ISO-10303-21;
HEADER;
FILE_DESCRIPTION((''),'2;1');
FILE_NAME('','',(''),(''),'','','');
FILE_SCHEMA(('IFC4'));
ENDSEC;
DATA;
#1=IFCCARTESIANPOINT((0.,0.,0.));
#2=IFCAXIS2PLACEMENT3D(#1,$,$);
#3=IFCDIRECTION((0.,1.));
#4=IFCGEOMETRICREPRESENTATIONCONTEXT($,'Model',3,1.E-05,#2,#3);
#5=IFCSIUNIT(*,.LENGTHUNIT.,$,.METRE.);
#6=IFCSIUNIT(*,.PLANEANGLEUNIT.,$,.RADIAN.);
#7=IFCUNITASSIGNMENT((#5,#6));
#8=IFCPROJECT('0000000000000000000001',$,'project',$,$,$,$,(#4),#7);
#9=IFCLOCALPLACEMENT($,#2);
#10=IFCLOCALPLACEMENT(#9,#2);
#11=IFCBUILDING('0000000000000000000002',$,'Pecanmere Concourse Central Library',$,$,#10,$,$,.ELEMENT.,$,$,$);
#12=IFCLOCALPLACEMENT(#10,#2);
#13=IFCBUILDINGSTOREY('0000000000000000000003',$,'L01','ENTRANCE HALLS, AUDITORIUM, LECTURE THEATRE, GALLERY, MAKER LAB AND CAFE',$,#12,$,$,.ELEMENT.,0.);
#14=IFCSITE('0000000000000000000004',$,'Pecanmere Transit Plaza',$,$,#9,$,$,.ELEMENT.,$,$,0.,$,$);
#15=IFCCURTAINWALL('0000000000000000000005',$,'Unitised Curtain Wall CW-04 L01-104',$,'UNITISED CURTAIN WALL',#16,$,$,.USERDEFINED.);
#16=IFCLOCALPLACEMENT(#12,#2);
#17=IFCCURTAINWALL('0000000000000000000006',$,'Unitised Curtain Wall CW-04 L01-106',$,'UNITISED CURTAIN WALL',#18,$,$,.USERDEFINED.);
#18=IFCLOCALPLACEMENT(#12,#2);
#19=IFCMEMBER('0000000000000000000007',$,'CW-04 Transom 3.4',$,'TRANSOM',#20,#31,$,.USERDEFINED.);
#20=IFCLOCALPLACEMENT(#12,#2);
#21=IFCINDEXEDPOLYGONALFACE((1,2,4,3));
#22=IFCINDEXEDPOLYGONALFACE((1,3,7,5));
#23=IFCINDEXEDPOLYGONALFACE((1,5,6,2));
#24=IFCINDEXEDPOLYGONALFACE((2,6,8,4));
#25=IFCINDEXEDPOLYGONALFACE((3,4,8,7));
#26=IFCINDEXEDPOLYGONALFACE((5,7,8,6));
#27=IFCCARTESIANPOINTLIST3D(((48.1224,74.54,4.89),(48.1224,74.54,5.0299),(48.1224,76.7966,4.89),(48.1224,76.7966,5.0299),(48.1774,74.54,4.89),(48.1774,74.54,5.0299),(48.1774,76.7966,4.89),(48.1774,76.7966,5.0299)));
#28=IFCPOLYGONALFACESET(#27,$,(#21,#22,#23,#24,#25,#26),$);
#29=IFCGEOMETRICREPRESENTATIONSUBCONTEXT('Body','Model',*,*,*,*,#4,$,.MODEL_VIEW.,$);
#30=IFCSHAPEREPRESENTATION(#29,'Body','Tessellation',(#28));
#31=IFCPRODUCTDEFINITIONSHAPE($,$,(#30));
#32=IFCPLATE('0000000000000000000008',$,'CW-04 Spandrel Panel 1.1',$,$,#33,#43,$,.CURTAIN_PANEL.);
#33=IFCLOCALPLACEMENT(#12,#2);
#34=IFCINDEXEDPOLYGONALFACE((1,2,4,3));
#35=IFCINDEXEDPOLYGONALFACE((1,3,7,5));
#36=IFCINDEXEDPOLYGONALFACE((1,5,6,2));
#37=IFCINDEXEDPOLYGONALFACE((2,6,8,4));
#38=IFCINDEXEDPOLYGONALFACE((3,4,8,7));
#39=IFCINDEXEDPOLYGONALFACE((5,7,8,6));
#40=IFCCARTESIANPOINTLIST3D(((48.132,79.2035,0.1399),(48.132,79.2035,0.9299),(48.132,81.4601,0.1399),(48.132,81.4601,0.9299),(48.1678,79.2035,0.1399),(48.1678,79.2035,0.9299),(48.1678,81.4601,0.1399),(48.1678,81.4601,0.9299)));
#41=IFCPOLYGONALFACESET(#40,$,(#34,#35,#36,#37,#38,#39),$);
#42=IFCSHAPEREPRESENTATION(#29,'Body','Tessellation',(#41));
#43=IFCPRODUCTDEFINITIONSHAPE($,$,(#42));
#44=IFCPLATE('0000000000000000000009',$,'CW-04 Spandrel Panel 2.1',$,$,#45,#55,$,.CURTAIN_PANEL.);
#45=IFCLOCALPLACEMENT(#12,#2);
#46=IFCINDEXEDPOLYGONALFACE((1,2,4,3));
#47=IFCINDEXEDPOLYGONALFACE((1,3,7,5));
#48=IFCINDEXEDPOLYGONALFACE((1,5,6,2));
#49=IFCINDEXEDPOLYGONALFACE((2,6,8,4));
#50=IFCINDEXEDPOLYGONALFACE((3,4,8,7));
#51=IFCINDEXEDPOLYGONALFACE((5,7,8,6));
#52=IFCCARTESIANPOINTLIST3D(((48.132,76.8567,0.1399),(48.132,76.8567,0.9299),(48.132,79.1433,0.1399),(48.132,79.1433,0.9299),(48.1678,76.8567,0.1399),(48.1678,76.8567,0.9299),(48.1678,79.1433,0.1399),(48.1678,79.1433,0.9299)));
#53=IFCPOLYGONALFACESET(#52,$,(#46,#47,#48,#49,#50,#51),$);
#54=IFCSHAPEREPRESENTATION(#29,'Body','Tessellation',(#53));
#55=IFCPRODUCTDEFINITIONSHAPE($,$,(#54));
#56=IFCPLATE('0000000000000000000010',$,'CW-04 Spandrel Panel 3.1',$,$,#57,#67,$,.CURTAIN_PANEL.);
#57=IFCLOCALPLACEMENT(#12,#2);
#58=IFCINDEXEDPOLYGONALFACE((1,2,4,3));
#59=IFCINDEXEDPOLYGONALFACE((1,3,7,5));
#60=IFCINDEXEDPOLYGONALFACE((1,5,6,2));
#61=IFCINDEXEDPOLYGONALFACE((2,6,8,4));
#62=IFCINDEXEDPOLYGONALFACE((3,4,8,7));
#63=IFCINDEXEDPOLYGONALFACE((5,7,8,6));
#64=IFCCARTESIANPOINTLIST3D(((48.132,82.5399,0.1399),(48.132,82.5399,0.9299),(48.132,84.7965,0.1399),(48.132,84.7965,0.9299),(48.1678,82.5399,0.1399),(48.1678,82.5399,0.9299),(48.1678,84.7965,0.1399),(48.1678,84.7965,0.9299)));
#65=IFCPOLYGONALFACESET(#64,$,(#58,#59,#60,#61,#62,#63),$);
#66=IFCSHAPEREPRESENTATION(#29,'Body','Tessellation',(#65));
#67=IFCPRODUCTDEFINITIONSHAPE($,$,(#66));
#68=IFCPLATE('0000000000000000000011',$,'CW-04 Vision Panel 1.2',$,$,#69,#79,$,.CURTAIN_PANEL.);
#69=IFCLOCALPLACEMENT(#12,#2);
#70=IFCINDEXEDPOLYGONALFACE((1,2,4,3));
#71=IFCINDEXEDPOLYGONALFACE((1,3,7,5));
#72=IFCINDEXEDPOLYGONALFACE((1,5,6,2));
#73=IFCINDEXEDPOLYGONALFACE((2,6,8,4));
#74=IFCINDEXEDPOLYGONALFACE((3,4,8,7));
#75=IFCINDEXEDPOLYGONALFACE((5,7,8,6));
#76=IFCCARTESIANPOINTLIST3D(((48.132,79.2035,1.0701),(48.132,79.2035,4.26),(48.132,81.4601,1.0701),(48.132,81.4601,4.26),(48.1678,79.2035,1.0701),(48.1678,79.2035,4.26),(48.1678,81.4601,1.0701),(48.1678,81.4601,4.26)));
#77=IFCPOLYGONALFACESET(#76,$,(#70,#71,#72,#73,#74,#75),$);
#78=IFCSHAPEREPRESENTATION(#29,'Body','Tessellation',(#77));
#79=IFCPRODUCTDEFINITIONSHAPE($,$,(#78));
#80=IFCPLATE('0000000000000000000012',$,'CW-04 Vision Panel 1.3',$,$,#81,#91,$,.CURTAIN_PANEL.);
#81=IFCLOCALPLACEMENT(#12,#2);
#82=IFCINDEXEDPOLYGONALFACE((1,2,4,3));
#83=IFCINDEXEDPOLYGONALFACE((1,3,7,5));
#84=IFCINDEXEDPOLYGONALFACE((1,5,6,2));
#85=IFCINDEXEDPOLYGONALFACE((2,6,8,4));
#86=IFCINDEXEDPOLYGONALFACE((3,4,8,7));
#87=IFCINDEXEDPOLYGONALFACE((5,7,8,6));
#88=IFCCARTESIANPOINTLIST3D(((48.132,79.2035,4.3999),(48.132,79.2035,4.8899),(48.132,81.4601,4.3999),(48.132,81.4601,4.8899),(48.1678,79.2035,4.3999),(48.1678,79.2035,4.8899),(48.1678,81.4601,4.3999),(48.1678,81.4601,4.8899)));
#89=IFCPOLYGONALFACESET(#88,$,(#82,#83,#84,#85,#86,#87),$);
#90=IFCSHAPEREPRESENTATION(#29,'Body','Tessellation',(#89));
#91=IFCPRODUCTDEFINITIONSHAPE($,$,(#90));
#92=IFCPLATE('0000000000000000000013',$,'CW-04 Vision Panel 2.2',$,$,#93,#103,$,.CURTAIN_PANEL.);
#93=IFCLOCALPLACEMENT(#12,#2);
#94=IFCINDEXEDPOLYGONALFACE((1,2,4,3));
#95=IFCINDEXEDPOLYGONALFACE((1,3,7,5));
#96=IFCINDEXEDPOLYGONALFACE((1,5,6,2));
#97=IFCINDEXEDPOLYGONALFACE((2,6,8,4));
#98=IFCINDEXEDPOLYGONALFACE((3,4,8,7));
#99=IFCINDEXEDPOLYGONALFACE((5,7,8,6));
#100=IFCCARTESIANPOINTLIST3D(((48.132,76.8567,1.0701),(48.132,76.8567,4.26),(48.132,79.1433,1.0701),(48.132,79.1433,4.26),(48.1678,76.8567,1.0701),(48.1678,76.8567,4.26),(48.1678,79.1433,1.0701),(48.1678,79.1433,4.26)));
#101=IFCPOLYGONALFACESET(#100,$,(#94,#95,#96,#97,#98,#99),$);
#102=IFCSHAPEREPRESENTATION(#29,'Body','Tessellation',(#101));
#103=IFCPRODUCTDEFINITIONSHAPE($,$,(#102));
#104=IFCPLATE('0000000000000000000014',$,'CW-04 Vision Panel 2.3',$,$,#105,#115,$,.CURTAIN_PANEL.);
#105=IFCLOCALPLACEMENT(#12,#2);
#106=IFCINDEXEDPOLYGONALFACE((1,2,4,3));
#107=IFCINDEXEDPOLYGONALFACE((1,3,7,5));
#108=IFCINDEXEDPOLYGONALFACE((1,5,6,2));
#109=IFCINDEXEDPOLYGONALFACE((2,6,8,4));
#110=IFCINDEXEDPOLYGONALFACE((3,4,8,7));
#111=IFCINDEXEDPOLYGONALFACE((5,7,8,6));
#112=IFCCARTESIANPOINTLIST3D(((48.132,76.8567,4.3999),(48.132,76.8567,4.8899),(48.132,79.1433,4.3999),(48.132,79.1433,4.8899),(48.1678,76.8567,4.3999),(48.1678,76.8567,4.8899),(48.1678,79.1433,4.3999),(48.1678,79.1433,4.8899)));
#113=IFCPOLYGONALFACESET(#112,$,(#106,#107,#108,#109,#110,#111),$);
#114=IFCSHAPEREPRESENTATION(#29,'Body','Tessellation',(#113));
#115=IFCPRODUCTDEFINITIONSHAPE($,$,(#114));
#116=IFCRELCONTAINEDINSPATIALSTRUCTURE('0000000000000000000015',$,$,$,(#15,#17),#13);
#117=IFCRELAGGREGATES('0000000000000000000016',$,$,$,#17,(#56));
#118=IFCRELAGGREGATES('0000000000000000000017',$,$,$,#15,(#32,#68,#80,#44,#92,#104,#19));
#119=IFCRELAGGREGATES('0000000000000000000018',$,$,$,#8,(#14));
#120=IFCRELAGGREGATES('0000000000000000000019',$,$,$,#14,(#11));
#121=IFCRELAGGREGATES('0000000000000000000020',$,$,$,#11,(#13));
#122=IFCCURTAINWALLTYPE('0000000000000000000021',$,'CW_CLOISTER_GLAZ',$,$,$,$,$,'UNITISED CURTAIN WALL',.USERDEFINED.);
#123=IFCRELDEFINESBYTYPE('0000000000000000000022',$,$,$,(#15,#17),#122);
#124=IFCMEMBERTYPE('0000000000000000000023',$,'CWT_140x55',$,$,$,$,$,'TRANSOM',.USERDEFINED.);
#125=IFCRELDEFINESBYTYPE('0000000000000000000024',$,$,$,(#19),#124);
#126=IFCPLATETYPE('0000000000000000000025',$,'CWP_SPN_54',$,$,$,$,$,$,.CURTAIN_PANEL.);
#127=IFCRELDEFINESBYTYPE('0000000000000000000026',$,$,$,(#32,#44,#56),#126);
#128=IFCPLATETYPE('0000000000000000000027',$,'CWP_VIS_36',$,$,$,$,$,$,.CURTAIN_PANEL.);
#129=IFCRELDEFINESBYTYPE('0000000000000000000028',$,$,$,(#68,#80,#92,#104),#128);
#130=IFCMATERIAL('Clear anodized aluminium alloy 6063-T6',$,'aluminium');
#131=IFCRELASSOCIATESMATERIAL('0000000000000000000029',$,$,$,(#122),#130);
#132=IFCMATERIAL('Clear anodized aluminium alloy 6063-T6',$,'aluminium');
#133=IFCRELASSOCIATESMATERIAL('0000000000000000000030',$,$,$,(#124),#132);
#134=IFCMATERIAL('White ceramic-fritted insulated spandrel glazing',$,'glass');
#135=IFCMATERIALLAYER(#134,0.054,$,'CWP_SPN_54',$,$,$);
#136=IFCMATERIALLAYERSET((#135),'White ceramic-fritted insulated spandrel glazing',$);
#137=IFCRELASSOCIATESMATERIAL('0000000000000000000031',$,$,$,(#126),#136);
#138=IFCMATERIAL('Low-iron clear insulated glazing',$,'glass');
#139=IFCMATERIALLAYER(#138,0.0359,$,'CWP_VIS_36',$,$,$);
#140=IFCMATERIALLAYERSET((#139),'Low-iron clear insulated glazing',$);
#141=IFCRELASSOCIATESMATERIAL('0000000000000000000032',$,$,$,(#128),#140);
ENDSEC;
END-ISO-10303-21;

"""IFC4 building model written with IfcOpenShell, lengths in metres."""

from ifc_helpers import new_model, si_unit, direction, frame, origin, origin_2d, place, context, subcontext, project, spatial, rectangle, extrude, material, layer, layer_set, material_profile, profile_set, type_object, element, aggregate, save


model = new_model("IFC4")

# Units and contexts
model_context = context("Model", 3, precision=1e-05, world=origin(), true_north=direction((0.0, 1.0)))
body_context = subcontext(model_context, "Body", "Model", "MODEL_VIEW")
ifc_project = project(units=[si_unit("LENGTHUNIT", "METRE"), si_unit("PLANEANGLEUNIT", "RADIAN")], contexts=[model_context])

# Site, building, storey
site_placement = place(None, origin())
site = spatial("IfcSite", under=ifc_project, at=site_placement, Name="Pecanmere Transit Plaza", CompositionType="ELEMENT", RefElevation=0.0)
building_placement = place(site_placement, origin())
building = spatial("IfcBuilding", under=site, at=building_placement, Name="Pecanmere Concourse Central Library", CompositionType="ELEMENT")
storey_placement = place(building_placement, origin())
storey = spatial("IfcBuildingStorey", under=building, at=storey_placement, Name="L01", Description="ENTRANCE HALLS, AUDITORIUM, LECTURE THEATRE, GALLERY, MAKER LAB AND CAFE", CompositionType="ELEMENT", Elevation=0.0)

# Curtain wall
ifc_material_1 = material(Name="Clear anodized aluminium alloy 6063-T6", Category="aluminium")
curtain_wall_type = type_object("IfcCurtainWallType", Name="CW_CLOISTER_GLAZ", ElementType="UNITISED CURTAIN WALL", PredefinedType="USERDEFINED", material=ifc_material_1)
curtain_wall_1_placement = place(storey_placement, origin())
curtain_wall_1 = element("IfcCurtainWall", 1, at=curtain_wall_1_placement, inside=storey, type_object=curtain_wall_type, Name="Unitised Curtain Wall CW-04 L01-104", ObjectType="UNITISED CURTAIN WALL", PredefinedType="USERDEFINED")

# Curtain wall
curtain_wall_2_placement = place(storey_placement, origin())
curtain_wall_2 = element("IfcCurtainWall", 2, at=curtain_wall_2_placement, inside=storey, type_object=curtain_wall_type, Name="Unitised Curtain Wall CW-04 L01-106", ObjectType="UNITISED CURTAIN WALL", PredefinedType="USERDEFINED")

# Member
ifc_material_2 = material(Name="Clear anodized aluminium alloy 6063-T6", Category="aluminium")
ifc_material_profile_1 = material_profile(ifc_material_2, rectangle(XDim=0.0549, YDim=0.1399, at=origin_2d()), Name="AL 55x140")
ifc_profile_set_1 = profile_set([ifc_material_profile_1], Name="Clear anodized aluminium alloy 6063-T6")
member_type_1 = type_object("IfcMemberType", Name="CWT_140x55", ElementType="TRANSOM", PredefinedType="USERDEFINED", material=ifc_profile_set_1)
member_1_placement = place(storey_placement, frame((48.1499, 76.7966, 4.96), z_axis=(0.0, -1.0, 0.0), x_axis=(1.0, 0.0, 0.0)))
member_1 = element("IfcMember", 3, at=member_1_placement, type_object=member_type_1, Name="CW-04 Transom 3.4", ObjectType="TRANSOM", PredefinedType="USERDEFINED", context=body_context, shape_type="SweptSolid", body=[
    extrude(rectangle(XDim=0.0549, YDim=0.1399, at=origin_2d()), origin(), (0.0, 0.0, 1.0), 2.2566),
])

# Plates
ifc_material_3 = material(Name="White ceramic-fritted insulated spandrel glazing", Category="glass")
ifc_layer_1 = layer(ifc_material_3, 0.054, Name="CWP_SPN_54")
ifc_layer_set_1 = layer_set([ifc_layer_1], Name="White ceramic-fritted insulated spandrel glazing")
plate_type_1 = type_object("IfcPlateType", Name="CWP_SPN_54", PredefinedType="CURTAIN_PANEL", material=ifc_layer_set_1)
plate_1_placement = place(storey_placement, frame((48.1499, 80.3318, 0.1399), z_axis=(0.0, 0.0, 1.0), x_axis=(0.0, -1.0, 0.0)))
plate_1 = element("IfcPlate", 4, at=plate_1_placement, type_object=plate_type_1, Name="CW-04 Spandrel Panel 1.1", PredefinedType="CURTAIN_PANEL", context=body_context, shape_type="SweptSolid", body=[
    extrude(rectangle(XDim=2.2566, YDim=0.0359, at=origin_2d()), origin(), (0.0, 0.0, 1.0), 0.79),
])
plate_2_placement = place(storey_placement, frame((48.1499, 78.0, 0.1399), z_axis=(0.0, 0.0, 1.0), x_axis=(0.0, -1.0, 0.0)))
plate_2 = element("IfcPlate", 5, at=plate_2_placement, type_object=plate_type_1, Name="CW-04 Spandrel Panel 2.1", PredefinedType="CURTAIN_PANEL", context=body_context, shape_type="SweptSolid", body=[
    extrude(rectangle(XDim=2.2866, YDim=0.0359, at=origin_2d()), origin(), (0.0, 0.0, 1.0), 0.79),
])
plate_3_placement = place(storey_placement, frame((48.1499, 83.6682, 0.1399), z_axis=(0.0, 0.0, 1.0), x_axis=(0.0, -1.0, 0.0)))
plate_3 = element("IfcPlate", 6, at=plate_3_placement, type_object=plate_type_1, Name="CW-04 Spandrel Panel 3.1", PredefinedType="CURTAIN_PANEL", context=body_context, shape_type="SweptSolid", body=[
    extrude(rectangle(XDim=2.2566, YDim=0.0359, at=origin_2d()), origin(), (0.0, 0.0, 1.0), 0.79),
])
aggregate(curtain_wall_2, [plate_3])
ifc_material_4 = material(Name="Low-iron clear insulated glazing", Category="glass")
ifc_layer_2 = layer(ifc_material_4, 0.0359, Name="CWP_VIS_36")
ifc_layer_set_2 = layer_set([ifc_layer_2], Name="Low-iron clear insulated glazing")
plate_type_2 = type_object("IfcPlateType", Name="CWP_VIS_36", PredefinedType="CURTAIN_PANEL", material=ifc_layer_set_2)
plate_4_placement = place(storey_placement, frame((48.1499, 80.3318, 1.0701), z_axis=(0.0, 0.0, 1.0), x_axis=(0.0, -1.0, 0.0)))
plate_4 = element("IfcPlate", 7, at=plate_4_placement, type_object=plate_type_2, Name="CW-04 Vision Panel 1.2", PredefinedType="CURTAIN_PANEL", context=body_context, shape_type="SweptSolid", body=[
    extrude(rectangle(XDim=2.2566, YDim=0.0359, at=origin_2d()), origin(), (0.0, 0.0, 1.0), 3.1899),
])
plate_5_placement = place(storey_placement, frame((48.1499, 80.3318, 4.3999), z_axis=(0.0, 0.0, 1.0), x_axis=(0.0, -1.0, 0.0)))
plate_5 = element("IfcPlate", 8, at=plate_5_placement, type_object=plate_type_2, Name="CW-04 Vision Panel 1.3", PredefinedType="CURTAIN_PANEL", context=body_context, shape_type="SweptSolid", body=[
    extrude(rectangle(XDim=2.2566, YDim=0.0359, at=origin_2d()), origin(), (0.0, 0.0, 1.0), 0.49),
])
plate_6_placement = place(storey_placement, frame((48.1499, 78.0, 1.0701), z_axis=(0.0, 0.0, 1.0), x_axis=(0.0, -1.0, 0.0)))
plate_6 = element("IfcPlate", 9, at=plate_6_placement, type_object=plate_type_2, Name="CW-04 Vision Panel 2.2", PredefinedType="CURTAIN_PANEL", context=body_context, shape_type="SweptSolid", body=[
    extrude(rectangle(XDim=2.2866, YDim=0.0359, at=origin_2d()), origin(), (0.0, 0.0, 1.0), 3.1899),
])
plate_7_placement = place(storey_placement, frame((48.1499, 78.0, 4.3999), z_axis=(0.0, 0.0, 1.0), x_axis=(0.0, -1.0, 0.0)))
plate_7 = element("IfcPlate", 10, at=plate_7_placement, type_object=plate_type_2, Name="CW-04 Vision Panel 2.3", PredefinedType="CURTAIN_PANEL", context=body_context, shape_type="SweptSolid", body=[
    extrude(rectangle(XDim=2.2866, YDim=0.0359, at=origin_2d()), origin(), (0.0, 0.0, 1.0), 0.49),
])
aggregate(curtain_wall_1, [plate_1, plate_4, plate_5, plate_2, plate_6, plate_7, member_1])

save(model, "model.ifc")
